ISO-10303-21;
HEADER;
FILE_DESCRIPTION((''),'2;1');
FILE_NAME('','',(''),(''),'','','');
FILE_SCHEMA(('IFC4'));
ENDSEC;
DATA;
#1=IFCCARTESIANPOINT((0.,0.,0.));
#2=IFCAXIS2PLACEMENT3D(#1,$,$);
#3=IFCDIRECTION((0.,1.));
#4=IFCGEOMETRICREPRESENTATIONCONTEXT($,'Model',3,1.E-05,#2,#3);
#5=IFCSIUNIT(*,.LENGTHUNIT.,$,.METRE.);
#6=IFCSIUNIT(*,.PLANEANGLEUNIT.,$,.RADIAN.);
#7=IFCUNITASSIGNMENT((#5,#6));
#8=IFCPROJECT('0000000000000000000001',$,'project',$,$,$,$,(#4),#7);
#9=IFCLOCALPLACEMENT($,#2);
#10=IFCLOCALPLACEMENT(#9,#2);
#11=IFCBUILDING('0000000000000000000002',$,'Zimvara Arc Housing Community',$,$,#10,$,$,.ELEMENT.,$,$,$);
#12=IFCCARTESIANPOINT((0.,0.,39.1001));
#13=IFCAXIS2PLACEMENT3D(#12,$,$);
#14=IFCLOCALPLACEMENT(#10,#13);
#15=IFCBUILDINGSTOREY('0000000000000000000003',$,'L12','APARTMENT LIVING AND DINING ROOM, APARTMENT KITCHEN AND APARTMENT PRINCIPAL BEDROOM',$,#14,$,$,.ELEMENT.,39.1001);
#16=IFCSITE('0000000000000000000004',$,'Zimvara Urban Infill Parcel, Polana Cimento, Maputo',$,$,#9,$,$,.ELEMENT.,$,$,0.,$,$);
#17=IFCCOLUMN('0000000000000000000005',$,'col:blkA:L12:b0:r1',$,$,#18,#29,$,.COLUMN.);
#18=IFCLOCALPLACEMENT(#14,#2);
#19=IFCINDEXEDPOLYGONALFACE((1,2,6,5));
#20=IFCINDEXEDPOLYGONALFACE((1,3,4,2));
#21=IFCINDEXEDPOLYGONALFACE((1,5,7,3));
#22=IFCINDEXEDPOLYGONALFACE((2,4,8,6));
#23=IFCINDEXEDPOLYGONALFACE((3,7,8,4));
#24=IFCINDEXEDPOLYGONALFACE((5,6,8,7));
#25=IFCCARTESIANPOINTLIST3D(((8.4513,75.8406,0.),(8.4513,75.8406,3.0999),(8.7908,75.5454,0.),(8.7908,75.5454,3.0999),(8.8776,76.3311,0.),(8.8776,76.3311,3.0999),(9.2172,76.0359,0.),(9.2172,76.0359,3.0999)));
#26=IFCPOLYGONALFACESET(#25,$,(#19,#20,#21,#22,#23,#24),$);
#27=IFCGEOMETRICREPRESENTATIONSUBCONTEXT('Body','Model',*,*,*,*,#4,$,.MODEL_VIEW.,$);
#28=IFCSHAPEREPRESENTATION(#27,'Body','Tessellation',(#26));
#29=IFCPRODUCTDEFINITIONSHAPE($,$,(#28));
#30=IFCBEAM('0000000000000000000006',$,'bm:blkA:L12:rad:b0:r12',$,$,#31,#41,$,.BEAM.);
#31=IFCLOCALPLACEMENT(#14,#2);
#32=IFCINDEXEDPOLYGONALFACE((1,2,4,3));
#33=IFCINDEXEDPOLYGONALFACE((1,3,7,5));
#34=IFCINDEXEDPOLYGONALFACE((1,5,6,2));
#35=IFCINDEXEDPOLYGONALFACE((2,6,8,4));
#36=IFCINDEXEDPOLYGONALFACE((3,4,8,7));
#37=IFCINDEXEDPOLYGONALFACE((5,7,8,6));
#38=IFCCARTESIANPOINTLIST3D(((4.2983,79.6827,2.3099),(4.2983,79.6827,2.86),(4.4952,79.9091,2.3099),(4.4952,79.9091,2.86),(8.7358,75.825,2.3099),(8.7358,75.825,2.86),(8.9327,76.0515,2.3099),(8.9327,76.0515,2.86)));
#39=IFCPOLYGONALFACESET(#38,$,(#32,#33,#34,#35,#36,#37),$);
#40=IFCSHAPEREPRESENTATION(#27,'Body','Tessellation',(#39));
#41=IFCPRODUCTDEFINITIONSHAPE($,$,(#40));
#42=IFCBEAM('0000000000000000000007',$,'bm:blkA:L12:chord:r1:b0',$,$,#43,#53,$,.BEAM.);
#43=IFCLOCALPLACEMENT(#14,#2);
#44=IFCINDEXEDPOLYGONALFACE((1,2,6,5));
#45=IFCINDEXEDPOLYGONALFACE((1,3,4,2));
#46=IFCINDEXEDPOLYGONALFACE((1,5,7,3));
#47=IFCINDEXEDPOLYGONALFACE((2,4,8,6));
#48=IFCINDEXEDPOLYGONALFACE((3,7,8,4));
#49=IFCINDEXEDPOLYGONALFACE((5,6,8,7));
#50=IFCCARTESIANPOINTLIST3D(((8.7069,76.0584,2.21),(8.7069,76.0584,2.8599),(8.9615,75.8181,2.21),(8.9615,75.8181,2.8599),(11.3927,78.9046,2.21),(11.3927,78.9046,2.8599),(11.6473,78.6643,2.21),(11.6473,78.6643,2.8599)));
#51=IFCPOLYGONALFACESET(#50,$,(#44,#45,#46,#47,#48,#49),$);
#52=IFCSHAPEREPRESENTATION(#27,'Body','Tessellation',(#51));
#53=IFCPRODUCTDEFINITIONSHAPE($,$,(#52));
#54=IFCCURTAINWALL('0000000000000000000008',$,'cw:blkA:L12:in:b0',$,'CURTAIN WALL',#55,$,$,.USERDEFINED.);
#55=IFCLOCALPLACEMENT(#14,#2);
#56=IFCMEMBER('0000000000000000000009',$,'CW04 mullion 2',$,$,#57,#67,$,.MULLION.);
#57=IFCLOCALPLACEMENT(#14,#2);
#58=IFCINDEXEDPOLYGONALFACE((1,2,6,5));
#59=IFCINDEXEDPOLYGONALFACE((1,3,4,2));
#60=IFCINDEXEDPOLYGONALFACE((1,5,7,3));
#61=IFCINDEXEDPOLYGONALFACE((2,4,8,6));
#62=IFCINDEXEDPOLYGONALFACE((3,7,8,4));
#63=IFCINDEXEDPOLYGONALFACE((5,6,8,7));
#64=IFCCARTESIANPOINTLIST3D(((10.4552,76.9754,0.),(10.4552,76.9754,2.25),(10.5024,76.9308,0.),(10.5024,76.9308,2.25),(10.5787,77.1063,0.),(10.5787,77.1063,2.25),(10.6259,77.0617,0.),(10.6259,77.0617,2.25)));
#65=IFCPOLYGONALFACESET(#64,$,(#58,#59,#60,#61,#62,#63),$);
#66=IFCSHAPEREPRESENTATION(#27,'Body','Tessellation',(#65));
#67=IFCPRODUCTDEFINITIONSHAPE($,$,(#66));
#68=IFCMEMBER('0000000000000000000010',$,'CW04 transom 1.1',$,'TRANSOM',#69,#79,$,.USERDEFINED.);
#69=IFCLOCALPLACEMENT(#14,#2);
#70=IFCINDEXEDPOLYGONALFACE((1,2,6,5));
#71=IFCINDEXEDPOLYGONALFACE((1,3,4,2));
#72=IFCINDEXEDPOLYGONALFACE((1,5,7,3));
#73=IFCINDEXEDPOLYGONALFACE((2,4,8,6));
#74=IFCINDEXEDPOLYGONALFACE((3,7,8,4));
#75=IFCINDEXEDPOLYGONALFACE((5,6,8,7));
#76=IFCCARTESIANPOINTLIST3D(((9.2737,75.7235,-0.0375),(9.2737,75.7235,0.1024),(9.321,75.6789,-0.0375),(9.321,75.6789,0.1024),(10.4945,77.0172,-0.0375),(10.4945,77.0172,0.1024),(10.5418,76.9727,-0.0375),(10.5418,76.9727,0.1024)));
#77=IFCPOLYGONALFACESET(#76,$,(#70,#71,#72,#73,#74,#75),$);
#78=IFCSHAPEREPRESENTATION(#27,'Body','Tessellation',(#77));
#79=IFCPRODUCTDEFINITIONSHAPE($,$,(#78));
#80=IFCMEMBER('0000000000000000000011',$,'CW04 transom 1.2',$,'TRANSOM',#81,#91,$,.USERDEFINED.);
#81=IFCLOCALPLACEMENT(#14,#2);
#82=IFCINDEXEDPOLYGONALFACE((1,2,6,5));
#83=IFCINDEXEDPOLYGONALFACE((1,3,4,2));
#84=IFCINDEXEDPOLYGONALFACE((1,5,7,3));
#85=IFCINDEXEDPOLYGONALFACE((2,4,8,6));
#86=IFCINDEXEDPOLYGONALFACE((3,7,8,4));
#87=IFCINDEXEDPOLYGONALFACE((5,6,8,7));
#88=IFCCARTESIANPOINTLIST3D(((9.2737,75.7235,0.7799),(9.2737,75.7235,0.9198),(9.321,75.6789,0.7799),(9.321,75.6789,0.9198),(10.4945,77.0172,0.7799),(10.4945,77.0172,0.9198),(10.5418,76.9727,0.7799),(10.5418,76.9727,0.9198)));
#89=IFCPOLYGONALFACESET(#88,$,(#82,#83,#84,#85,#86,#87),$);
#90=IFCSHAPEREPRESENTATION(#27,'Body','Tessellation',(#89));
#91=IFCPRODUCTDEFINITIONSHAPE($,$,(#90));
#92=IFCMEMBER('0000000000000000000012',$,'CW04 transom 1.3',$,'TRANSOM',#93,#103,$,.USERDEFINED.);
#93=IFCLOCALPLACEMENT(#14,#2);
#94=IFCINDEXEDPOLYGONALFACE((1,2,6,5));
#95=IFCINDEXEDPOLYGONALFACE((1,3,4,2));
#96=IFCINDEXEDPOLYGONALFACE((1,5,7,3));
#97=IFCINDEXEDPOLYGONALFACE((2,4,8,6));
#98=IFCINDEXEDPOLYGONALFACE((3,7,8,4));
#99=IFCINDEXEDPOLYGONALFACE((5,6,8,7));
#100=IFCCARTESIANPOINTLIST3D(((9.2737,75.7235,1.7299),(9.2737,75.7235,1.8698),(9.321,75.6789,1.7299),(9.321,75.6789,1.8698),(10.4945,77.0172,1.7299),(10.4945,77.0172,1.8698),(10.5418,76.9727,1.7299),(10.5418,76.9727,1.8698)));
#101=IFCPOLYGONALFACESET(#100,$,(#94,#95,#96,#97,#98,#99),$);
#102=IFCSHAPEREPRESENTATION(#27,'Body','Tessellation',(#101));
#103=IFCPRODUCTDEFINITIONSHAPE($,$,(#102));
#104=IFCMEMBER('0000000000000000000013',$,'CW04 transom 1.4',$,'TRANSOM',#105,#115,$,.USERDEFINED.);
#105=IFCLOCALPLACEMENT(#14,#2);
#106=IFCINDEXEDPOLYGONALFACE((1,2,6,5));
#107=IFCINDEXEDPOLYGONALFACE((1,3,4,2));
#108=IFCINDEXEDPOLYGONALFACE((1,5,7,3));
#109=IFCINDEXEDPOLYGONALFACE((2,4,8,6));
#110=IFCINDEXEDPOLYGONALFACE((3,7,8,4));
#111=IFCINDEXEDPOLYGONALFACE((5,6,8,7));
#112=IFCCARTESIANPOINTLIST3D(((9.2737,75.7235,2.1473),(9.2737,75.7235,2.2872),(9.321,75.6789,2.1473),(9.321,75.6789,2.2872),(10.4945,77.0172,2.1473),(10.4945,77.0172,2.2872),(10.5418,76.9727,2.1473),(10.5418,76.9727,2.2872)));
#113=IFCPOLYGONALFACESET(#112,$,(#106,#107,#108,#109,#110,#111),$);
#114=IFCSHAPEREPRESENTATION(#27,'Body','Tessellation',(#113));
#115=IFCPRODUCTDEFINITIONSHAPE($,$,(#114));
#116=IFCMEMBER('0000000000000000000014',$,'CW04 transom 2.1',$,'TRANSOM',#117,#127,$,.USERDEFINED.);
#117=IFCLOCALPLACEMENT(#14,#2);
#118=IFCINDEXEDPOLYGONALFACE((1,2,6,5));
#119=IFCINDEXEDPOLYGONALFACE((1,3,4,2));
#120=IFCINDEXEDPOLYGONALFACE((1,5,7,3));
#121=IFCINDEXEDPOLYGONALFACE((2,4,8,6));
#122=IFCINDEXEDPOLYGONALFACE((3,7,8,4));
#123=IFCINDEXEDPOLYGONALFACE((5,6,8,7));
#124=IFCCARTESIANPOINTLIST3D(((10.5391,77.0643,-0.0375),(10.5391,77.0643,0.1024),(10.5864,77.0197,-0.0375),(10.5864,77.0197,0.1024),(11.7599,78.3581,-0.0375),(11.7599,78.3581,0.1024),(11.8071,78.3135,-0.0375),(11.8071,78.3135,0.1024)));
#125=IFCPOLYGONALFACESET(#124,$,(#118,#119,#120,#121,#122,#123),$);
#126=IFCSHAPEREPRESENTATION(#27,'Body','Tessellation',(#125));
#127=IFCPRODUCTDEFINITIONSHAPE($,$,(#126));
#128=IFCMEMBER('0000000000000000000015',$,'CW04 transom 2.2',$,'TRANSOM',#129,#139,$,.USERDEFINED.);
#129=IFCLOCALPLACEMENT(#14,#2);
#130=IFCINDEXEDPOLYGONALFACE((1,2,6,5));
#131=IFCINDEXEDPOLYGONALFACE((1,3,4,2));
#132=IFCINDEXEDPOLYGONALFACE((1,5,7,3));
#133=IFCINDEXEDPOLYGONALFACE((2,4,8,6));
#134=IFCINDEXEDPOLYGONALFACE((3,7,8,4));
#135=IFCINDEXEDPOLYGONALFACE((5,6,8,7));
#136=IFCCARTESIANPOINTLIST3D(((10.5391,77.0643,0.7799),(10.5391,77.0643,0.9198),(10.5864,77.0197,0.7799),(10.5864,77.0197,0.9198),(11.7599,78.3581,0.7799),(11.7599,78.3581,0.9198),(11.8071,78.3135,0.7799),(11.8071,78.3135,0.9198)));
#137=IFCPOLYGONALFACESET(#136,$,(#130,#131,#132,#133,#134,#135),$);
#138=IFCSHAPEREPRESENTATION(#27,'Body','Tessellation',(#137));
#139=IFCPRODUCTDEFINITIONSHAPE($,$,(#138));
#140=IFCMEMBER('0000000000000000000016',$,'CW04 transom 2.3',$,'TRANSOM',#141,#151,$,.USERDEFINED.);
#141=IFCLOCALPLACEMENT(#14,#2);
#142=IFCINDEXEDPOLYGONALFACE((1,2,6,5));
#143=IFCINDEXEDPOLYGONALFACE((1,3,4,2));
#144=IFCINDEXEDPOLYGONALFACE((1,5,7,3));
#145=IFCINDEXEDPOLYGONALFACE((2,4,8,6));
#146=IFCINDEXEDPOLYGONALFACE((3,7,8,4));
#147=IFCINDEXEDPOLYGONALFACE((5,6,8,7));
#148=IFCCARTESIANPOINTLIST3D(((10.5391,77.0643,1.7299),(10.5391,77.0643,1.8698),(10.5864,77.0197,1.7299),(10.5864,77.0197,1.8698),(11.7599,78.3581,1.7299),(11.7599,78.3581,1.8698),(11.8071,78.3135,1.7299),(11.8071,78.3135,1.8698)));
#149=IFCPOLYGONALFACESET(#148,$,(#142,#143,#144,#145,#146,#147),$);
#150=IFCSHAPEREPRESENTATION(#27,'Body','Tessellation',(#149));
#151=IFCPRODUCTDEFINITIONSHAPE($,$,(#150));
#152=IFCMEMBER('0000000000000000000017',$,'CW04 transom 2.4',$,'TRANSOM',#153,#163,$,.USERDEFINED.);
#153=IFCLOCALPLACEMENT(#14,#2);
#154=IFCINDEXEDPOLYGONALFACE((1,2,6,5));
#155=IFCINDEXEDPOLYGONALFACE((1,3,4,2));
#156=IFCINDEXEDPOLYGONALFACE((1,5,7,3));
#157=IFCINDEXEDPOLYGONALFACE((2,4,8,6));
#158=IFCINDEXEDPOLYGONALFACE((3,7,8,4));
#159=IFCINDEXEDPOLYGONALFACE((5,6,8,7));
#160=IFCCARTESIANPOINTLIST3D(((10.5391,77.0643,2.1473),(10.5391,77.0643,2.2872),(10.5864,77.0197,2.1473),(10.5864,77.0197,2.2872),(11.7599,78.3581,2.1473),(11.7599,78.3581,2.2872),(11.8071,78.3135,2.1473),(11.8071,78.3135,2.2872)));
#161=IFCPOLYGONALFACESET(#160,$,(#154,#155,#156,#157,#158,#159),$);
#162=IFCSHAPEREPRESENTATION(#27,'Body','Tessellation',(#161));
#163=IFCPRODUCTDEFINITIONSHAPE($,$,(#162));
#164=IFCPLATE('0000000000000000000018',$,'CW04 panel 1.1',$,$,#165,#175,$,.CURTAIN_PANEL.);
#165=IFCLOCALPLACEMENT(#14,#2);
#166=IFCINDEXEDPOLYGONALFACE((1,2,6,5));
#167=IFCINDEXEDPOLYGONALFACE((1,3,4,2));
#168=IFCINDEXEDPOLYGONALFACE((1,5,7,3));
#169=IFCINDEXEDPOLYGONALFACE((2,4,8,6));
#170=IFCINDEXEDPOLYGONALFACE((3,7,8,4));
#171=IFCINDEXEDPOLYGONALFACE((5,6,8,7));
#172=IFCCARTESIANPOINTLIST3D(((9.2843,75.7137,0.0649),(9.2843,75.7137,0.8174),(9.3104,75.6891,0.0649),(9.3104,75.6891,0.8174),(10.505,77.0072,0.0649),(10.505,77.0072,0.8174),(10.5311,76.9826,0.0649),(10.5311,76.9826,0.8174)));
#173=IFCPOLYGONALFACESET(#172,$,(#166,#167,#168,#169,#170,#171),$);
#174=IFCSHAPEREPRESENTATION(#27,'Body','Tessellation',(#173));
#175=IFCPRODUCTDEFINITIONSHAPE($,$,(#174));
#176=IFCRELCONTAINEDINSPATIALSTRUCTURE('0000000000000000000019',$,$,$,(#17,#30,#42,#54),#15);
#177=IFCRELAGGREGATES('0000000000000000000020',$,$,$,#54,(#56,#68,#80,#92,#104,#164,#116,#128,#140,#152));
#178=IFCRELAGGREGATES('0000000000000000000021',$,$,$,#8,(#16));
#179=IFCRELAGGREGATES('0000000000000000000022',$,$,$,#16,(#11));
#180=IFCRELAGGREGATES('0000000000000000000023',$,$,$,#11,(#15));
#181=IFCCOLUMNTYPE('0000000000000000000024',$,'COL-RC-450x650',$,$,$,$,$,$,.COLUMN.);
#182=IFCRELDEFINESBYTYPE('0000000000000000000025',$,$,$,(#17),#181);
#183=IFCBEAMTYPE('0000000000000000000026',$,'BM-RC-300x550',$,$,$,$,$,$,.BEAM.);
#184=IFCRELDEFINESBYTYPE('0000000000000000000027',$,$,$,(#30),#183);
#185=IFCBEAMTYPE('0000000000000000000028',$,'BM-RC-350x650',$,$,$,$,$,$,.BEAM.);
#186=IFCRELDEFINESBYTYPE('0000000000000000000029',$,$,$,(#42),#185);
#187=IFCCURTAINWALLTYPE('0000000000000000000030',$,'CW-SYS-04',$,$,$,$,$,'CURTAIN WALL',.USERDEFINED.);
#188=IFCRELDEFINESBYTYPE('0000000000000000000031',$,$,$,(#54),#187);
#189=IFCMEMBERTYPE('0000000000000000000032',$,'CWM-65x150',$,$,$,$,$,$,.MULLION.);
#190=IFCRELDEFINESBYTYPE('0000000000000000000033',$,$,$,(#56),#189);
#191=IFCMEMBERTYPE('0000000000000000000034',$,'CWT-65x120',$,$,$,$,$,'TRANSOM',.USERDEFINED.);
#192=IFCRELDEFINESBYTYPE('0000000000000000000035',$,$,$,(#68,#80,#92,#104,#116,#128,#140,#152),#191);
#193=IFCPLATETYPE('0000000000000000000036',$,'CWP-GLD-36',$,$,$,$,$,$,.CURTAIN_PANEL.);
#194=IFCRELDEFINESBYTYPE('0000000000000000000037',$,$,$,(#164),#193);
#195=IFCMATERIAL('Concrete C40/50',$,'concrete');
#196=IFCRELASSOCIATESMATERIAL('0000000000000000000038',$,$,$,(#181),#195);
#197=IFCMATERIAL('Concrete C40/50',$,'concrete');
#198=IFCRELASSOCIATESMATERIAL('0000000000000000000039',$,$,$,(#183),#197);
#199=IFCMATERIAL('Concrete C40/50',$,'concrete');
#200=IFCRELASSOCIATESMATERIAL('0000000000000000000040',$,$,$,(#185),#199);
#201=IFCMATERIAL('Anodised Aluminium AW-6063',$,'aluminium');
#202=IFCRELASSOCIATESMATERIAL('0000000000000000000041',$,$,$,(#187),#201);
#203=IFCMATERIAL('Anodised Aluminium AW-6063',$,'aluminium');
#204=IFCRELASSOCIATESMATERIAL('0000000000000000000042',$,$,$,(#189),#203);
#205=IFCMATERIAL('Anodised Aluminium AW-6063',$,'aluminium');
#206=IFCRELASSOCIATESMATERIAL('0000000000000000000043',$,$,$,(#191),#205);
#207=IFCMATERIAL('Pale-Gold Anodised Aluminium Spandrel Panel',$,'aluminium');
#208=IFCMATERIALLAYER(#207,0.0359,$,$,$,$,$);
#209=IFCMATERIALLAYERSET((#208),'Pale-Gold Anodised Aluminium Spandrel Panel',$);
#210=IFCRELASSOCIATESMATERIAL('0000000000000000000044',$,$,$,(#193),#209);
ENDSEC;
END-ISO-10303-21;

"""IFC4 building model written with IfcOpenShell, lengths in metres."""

from ifc_helpers import new_model, si_unit, direction, frame, origin, origin_2d, place, context, subcontext, project, spatial, rectangle, extrude, material, layer, layer_set, material_profile, profile_set, type_object, element, aggregate, save


model = new_model("IFC4")

# Units and contexts
model_context = context("Model", 3, precision=1e-05, world=origin(), true_north=direction((0.0, 1.0)))
body_context = subcontext(model_context, "Body", "Model", "MODEL_VIEW")
ifc_project = project(units=[si_unit("LENGTHUNIT", "METRE"), si_unit("PLANEANGLEUNIT", "RADIAN")], contexts=[model_context])

# Site, building, storey
site_placement = place(None, origin())
site = spatial("IfcSite", under=ifc_project, at=site_placement, Name="Zimvara Urban Infill Parcel, Polana Cimento, Maputo", CompositionType="ELEMENT", RefElevation=0.0)
building_placement = place(site_placement, origin())
building = spatial("IfcBuilding", under=site, at=building_placement, Name="Zimvara Arc Housing Community", CompositionType="ELEMENT")
storey_placement = place(building_placement, frame((0.0, 0.0, 39.1001)))
storey = spatial("IfcBuildingStorey", under=building, at=storey_placement, Name="L12", Description="APARTMENT LIVING AND DINING ROOM, APARTMENT KITCHEN AND APARTMENT PRINCIPAL BEDROOM", CompositionType="ELEMENT", Elevation=39.1001)

# Column
ifc_material_1 = material(Name="Concrete C40/50", Category="concrete")
ifc_material_profile_1 = material_profile(ifc_material_1, rectangle(XDim=0.45, YDim=0.6499, at=origin_2d()), Name="RC 450x650")
ifc_profile_set_1 = profile_set([ifc_material_profile_1], Name="Concrete C40/50")
column_type = type_object("IfcColumnType", Name="COL-RC-450x650", PredefinedType="COLUMN", material=ifc_profile_set_1)
column_placement = place(storey_placement, frame((8.8342, 75.9382, 0.0), z_axis=(0.0, 0.0, 1.0), x_axis=(-0.75471, 0.656059, 0.0)))
element("IfcColumn", 1, at=column_placement, inside=storey, type_object=column_type, Name="col:blkA:L12:b0:r1", PredefinedType="COLUMN", context=body_context, shape_type="SweptSolid", body=[
    extrude(rectangle(XDim=0.45, YDim=0.6499, at=origin_2d()), origin(), (0.0, 0.0, 1.0), 3.0999),
])

# Beams
ifc_material_2 = material(Name="Concrete C40/50", Category="concrete")
ifc_material_profile_2 = material_profile(ifc_material_2, rectangle(XDim=0.3, YDim=0.55, at=origin_2d()), Name="RC 300x550")
ifc_profile_set_2 = profile_set([ifc_material_profile_2], Name="Concrete C40/50")
beam_type_1 = type_object("IfcBeamType", Name="BM-RC-300x550", PredefinedType="BEAM", material=ifc_profile_set_2)
beam_1_placement = place(storey_placement, frame((8.8342, 75.9382, 2.585), z_axis=(-0.754692, 0.656079, 0.0), x_axis=(-0.656079, -0.754692, 0.0)))
element("IfcBeam", 2, at=beam_1_placement, inside=storey, type_object=beam_type_1, Name="bm:blkA:L12:rad:b0:r12", PredefinedType="BEAM", context=body_context, shape_type="SweptSolid", body=[
    extrude(rectangle(XDim=0.3, YDim=0.55, at=origin_2d()), origin(), (0.0, 0.0, 1.0), 5.8799),
])
ifc_material_3 = material(Name="Concrete C40/50", Category="concrete")
ifc_material_profile_3 = material_profile(ifc_material_3, rectangle(XDim=0.3501, YDim=0.6499, at=origin_2d()), Name="RC 350x650")
ifc_profile_set_3 = profile_set([ifc_material_profile_3], Name="Concrete C40/50")
beam_type_2 = type_object("IfcBeamType", Name="BM-RC-350x650", PredefinedType="BEAM", material=ifc_profile_set_3)
beam_2_placement = place(storey_placement, frame((8.8342, 75.9382, 2.5349), z_axis=(0.686316, 0.727304, 0.0), x_axis=(-0.727304, 0.686316, 0.0)))
element("IfcBeam", 3, at=beam_2_placement, inside=storey, type_object=beam_type_2, Name="bm:blkA:L12:chord:r1:b0", PredefinedType="BEAM", context=body_context, shape_type="SweptSolid", body=[
    extrude(rectangle(XDim=0.3501, YDim=0.6499, at=origin_2d()), origin(), (0.0, 0.0, 1.0), 3.9133),
])

# Curtain wall, members, plate
ifc_material_4 = material(Name="Anodised Aluminium AW-6063", Category="aluminium")
curtain_wall_type = type_object("IfcCurtainWallType", Name="CW-SYS-04", ElementType="CURTAIN WALL", PredefinedType="USERDEFINED", material=ifc_material_4)
curtain_wall_placement = place(storey_placement, origin())
curtain_wall = element("IfcCurtainWall", 4, at=curtain_wall_placement, inside=storey, type_object=curtain_wall_type, Name="cw:blkA:L12:in:b0", ObjectType="CURTAIN WALL", PredefinedType="USERDEFINED")
ifc_material_5 = material(Name="Anodised Aluminium AW-6063", Category="aluminium")
ifc_material_profile_4 = material_profile(ifc_material_5, rectangle(XDim=0.0649, YDim=0.1799, at=origin_2d()), Name="ALU 65x180")
ifc_profile_set_4 = profile_set([ifc_material_profile_4], Name="Anodised Aluminium AW-6063")
member_type_1 = type_object("IfcMemberType", Name="CWM-65x150", PredefinedType="MULLION", material=ifc_profile_set_4)
member_1_placement = place(storey_placement, frame((10.5405, 77.0186, 0.0), z_axis=(0.0, 0.0, 1.0), x_axis=(-0.727294, 0.686326, 0.0)))
member_1 = element("IfcMember", 5, at=member_1_placement, type_object=member_type_1, Name="CW04 mullion 2", PredefinedType="MULLION", context=body_context, shape_type="SweptSolid", body=[
    extrude(rectangle(XDim=0.0649, YDim=0.1799, at=origin_2d()), origin(), (0.0, 0.0, 1.0), 2.25),
])
ifc_material_6 = material(Name="Anodised Aluminium AW-6063", Category="aluminium")
ifc_material_profile_5 = material_profile(ifc_material_6, rectangle(XDim=0.0649, YDim=0.1399, at=origin_2d()), Name="ALU 65x140")
ifc_profile_set_5 = profile_set([ifc_material_profile_5], Name="Anodised Aluminium AW-6063")
member_type_2 = type_object("IfcMemberType", Name="CWT-65x120", ElementType="TRANSOM", PredefinedType="USERDEFINED", material=ifc_profile_set_5)
member_2_placement = place(storey_placement, frame((9.2974, 75.7012, 0.0325), z_axis=(0.686289, 0.727329, 0.0), x_axis=(-0.727329, 0.686289, 0.0)))
member_2 = element("IfcMember", 6, at=member_2_placement, type_object=member_type_2, Name="CW04 transom 1.1", ObjectType="TRANSOM", PredefinedType="USERDEFINED", context=body_context, shape_type="SweptSolid", body=[
    extrude(rectangle(XDim=0.0649, YDim=0.1399, at=origin_2d()), origin(), (0.0, 0.0, 1.0), 1.7788),
])
member_3_placement = place(storey_placement, frame((9.2974, 75.7012, 0.8499), z_axis=(0.686289, 0.727329, 0.0), x_axis=(-0.727329, 0.686289, 0.0)))
member_3 = element("IfcMember", 7, at=member_3_placement, type_object=member_type_2, Name="CW04 transom 1.2", ObjectType="TRANSOM", PredefinedType="USERDEFINED", context=body_context, shape_type="SweptSolid", body=[
    extrude(rectangle(XDim=0.0649, YDim=0.1399, at=origin_2d()), origin(), (0.0, 0.0, 1.0), 1.7788),
])
member_4_placement = place(storey_placement, frame((9.2974, 75.7012, 1.7998), z_axis=(0.686289, 0.727329, 0.0), x_axis=(-0.727329, 0.686289, 0.0)))
member_4 = element("IfcMember", 8, at=member_4_placement, type_object=member_type_2, Name="CW04 transom 1.3", ObjectType="TRANSOM", PredefinedType="USERDEFINED", context=body_context, shape_type="SweptSolid", body=[
    extrude(rectangle(XDim=0.0649, YDim=0.1399, at=origin_2d()), origin(), (0.0, 0.0, 1.0), 1.7788),
])
member_5_placement = place(storey_placement, frame((9.2974, 75.7012, 2.2173), z_axis=(0.686289, 0.727329, 0.0), x_axis=(-0.727329, 0.686289, 0.0)))
member_5 = element("IfcMember", 9, at=member_5_placement, type_object=member_type_2, Name="CW04 transom 1.4", ObjectType="TRANSOM", PredefinedType="USERDEFINED", context=body_context, shape_type="SweptSolid", body=[
    extrude(rectangle(XDim=0.0649, YDim=0.1399, at=origin_2d()), origin(), (0.0, 0.0, 1.0), 1.7788),
])
member_6_placement = place(storey_placement, frame((10.5627, 77.042, 0.0325), z_axis=(0.686289, 0.727329, 0.0), x_axis=(-0.727329, 0.686289, 0.0)))
member_6 = element("IfcMember", 10, at=member_6_placement, type_object=member_type_2, Name="CW04 transom 2.1", ObjectType="TRANSOM", PredefinedType="USERDEFINED", context=body_context, shape_type="SweptSolid", body=[
    extrude(rectangle(XDim=0.0649, YDim=0.1399, at=origin_2d()), origin(), (0.0, 0.0, 1.0), 1.7788),
])
member_7_placement = place(storey_placement, frame((10.5627, 77.042, 0.8499), z_axis=(0.686289, 0.727329, 0.0), x_axis=(-0.727329, 0.686289, 0.0)))
member_7 = element("IfcMember", 11, at=member_7_placement, type_object=member_type_2, Name="CW04 transom 2.2", ObjectType="TRANSOM", PredefinedType="USERDEFINED", context=body_context, shape_type="SweptSolid", body=[
    extrude(rectangle(XDim=0.0649, YDim=0.1399, at=origin_2d()), origin(), (0.0, 0.0, 1.0), 1.7788),
])
member_8_placement = place(storey_placement, frame((10.5627, 77.042, 1.7998), z_axis=(0.686289, 0.727329, 0.0), x_axis=(-0.727329, 0.686289, 0.0)))
member_8 = element("IfcMember", 12, at=member_8_placement, type_object=member_type_2, Name="CW04 transom 2.3", ObjectType="TRANSOM", PredefinedType="USERDEFINED", context=body_context, shape_type="SweptSolid", body=[
    extrude(rectangle(XDim=0.0649, YDim=0.1399, at=origin_2d()), origin(), (0.0, 0.0, 1.0), 1.7788),
])
member_9_placement = place(storey_placement, frame((10.5627, 77.042, 2.2173), z_axis=(0.686289, 0.727329, 0.0), x_axis=(-0.727329, 0.686289, 0.0)))
member_9 = element("IfcMember", 13, at=member_9_placement, type_object=member_type_2, Name="CW04 transom 2.4", ObjectType="TRANSOM", PredefinedType="USERDEFINED", context=body_context, shape_type="SweptSolid", body=[
    extrude(rectangle(XDim=0.0649, YDim=0.1399, at=origin_2d()), origin(), (0.0, 0.0, 1.0), 1.7788),
])
ifc_material_7 = material(Name="Pale-Gold Anodised Aluminium Spandrel Panel", Category="aluminium")
ifc_layer_1 = layer(ifc_material_7, 0.0359)
ifc_layer_set_1 = layer_set([ifc_layer_1], Name="Pale-Gold Anodised Aluminium Spandrel Panel")
plate_type = type_object("IfcPlateType", Name="CWP-GLD-36", PredefinedType="CURTAIN_PANEL", material=ifc_layer_set_1)
plate_1_placement = place(storey_placement, frame((9.9077, 76.3481, 0.0649), z_axis=(0.0, 0.0, 1.0), x_axis=(0.686326, 0.727294, 0.0)))
plate_1 = element("IfcPlate", 14, at=plate_1_placement, type_object=plate_type, Name="CW04 panel 1.1", PredefinedType="CURTAIN_PANEL", context=body_context, shape_type="SweptSolid", body=[
    extrude(rectangle(XDim=1.7786, YDim=0.0359, at=origin_2d()), origin(), (0.0, 0.0, 1.0), 0.7524),
])
aggregate(curtain_wall, [member_1, member_2, member_3, member_4, member_5, plate_1, member_6, member_7, member_8, member_9])

save(model, "model.ifc")
